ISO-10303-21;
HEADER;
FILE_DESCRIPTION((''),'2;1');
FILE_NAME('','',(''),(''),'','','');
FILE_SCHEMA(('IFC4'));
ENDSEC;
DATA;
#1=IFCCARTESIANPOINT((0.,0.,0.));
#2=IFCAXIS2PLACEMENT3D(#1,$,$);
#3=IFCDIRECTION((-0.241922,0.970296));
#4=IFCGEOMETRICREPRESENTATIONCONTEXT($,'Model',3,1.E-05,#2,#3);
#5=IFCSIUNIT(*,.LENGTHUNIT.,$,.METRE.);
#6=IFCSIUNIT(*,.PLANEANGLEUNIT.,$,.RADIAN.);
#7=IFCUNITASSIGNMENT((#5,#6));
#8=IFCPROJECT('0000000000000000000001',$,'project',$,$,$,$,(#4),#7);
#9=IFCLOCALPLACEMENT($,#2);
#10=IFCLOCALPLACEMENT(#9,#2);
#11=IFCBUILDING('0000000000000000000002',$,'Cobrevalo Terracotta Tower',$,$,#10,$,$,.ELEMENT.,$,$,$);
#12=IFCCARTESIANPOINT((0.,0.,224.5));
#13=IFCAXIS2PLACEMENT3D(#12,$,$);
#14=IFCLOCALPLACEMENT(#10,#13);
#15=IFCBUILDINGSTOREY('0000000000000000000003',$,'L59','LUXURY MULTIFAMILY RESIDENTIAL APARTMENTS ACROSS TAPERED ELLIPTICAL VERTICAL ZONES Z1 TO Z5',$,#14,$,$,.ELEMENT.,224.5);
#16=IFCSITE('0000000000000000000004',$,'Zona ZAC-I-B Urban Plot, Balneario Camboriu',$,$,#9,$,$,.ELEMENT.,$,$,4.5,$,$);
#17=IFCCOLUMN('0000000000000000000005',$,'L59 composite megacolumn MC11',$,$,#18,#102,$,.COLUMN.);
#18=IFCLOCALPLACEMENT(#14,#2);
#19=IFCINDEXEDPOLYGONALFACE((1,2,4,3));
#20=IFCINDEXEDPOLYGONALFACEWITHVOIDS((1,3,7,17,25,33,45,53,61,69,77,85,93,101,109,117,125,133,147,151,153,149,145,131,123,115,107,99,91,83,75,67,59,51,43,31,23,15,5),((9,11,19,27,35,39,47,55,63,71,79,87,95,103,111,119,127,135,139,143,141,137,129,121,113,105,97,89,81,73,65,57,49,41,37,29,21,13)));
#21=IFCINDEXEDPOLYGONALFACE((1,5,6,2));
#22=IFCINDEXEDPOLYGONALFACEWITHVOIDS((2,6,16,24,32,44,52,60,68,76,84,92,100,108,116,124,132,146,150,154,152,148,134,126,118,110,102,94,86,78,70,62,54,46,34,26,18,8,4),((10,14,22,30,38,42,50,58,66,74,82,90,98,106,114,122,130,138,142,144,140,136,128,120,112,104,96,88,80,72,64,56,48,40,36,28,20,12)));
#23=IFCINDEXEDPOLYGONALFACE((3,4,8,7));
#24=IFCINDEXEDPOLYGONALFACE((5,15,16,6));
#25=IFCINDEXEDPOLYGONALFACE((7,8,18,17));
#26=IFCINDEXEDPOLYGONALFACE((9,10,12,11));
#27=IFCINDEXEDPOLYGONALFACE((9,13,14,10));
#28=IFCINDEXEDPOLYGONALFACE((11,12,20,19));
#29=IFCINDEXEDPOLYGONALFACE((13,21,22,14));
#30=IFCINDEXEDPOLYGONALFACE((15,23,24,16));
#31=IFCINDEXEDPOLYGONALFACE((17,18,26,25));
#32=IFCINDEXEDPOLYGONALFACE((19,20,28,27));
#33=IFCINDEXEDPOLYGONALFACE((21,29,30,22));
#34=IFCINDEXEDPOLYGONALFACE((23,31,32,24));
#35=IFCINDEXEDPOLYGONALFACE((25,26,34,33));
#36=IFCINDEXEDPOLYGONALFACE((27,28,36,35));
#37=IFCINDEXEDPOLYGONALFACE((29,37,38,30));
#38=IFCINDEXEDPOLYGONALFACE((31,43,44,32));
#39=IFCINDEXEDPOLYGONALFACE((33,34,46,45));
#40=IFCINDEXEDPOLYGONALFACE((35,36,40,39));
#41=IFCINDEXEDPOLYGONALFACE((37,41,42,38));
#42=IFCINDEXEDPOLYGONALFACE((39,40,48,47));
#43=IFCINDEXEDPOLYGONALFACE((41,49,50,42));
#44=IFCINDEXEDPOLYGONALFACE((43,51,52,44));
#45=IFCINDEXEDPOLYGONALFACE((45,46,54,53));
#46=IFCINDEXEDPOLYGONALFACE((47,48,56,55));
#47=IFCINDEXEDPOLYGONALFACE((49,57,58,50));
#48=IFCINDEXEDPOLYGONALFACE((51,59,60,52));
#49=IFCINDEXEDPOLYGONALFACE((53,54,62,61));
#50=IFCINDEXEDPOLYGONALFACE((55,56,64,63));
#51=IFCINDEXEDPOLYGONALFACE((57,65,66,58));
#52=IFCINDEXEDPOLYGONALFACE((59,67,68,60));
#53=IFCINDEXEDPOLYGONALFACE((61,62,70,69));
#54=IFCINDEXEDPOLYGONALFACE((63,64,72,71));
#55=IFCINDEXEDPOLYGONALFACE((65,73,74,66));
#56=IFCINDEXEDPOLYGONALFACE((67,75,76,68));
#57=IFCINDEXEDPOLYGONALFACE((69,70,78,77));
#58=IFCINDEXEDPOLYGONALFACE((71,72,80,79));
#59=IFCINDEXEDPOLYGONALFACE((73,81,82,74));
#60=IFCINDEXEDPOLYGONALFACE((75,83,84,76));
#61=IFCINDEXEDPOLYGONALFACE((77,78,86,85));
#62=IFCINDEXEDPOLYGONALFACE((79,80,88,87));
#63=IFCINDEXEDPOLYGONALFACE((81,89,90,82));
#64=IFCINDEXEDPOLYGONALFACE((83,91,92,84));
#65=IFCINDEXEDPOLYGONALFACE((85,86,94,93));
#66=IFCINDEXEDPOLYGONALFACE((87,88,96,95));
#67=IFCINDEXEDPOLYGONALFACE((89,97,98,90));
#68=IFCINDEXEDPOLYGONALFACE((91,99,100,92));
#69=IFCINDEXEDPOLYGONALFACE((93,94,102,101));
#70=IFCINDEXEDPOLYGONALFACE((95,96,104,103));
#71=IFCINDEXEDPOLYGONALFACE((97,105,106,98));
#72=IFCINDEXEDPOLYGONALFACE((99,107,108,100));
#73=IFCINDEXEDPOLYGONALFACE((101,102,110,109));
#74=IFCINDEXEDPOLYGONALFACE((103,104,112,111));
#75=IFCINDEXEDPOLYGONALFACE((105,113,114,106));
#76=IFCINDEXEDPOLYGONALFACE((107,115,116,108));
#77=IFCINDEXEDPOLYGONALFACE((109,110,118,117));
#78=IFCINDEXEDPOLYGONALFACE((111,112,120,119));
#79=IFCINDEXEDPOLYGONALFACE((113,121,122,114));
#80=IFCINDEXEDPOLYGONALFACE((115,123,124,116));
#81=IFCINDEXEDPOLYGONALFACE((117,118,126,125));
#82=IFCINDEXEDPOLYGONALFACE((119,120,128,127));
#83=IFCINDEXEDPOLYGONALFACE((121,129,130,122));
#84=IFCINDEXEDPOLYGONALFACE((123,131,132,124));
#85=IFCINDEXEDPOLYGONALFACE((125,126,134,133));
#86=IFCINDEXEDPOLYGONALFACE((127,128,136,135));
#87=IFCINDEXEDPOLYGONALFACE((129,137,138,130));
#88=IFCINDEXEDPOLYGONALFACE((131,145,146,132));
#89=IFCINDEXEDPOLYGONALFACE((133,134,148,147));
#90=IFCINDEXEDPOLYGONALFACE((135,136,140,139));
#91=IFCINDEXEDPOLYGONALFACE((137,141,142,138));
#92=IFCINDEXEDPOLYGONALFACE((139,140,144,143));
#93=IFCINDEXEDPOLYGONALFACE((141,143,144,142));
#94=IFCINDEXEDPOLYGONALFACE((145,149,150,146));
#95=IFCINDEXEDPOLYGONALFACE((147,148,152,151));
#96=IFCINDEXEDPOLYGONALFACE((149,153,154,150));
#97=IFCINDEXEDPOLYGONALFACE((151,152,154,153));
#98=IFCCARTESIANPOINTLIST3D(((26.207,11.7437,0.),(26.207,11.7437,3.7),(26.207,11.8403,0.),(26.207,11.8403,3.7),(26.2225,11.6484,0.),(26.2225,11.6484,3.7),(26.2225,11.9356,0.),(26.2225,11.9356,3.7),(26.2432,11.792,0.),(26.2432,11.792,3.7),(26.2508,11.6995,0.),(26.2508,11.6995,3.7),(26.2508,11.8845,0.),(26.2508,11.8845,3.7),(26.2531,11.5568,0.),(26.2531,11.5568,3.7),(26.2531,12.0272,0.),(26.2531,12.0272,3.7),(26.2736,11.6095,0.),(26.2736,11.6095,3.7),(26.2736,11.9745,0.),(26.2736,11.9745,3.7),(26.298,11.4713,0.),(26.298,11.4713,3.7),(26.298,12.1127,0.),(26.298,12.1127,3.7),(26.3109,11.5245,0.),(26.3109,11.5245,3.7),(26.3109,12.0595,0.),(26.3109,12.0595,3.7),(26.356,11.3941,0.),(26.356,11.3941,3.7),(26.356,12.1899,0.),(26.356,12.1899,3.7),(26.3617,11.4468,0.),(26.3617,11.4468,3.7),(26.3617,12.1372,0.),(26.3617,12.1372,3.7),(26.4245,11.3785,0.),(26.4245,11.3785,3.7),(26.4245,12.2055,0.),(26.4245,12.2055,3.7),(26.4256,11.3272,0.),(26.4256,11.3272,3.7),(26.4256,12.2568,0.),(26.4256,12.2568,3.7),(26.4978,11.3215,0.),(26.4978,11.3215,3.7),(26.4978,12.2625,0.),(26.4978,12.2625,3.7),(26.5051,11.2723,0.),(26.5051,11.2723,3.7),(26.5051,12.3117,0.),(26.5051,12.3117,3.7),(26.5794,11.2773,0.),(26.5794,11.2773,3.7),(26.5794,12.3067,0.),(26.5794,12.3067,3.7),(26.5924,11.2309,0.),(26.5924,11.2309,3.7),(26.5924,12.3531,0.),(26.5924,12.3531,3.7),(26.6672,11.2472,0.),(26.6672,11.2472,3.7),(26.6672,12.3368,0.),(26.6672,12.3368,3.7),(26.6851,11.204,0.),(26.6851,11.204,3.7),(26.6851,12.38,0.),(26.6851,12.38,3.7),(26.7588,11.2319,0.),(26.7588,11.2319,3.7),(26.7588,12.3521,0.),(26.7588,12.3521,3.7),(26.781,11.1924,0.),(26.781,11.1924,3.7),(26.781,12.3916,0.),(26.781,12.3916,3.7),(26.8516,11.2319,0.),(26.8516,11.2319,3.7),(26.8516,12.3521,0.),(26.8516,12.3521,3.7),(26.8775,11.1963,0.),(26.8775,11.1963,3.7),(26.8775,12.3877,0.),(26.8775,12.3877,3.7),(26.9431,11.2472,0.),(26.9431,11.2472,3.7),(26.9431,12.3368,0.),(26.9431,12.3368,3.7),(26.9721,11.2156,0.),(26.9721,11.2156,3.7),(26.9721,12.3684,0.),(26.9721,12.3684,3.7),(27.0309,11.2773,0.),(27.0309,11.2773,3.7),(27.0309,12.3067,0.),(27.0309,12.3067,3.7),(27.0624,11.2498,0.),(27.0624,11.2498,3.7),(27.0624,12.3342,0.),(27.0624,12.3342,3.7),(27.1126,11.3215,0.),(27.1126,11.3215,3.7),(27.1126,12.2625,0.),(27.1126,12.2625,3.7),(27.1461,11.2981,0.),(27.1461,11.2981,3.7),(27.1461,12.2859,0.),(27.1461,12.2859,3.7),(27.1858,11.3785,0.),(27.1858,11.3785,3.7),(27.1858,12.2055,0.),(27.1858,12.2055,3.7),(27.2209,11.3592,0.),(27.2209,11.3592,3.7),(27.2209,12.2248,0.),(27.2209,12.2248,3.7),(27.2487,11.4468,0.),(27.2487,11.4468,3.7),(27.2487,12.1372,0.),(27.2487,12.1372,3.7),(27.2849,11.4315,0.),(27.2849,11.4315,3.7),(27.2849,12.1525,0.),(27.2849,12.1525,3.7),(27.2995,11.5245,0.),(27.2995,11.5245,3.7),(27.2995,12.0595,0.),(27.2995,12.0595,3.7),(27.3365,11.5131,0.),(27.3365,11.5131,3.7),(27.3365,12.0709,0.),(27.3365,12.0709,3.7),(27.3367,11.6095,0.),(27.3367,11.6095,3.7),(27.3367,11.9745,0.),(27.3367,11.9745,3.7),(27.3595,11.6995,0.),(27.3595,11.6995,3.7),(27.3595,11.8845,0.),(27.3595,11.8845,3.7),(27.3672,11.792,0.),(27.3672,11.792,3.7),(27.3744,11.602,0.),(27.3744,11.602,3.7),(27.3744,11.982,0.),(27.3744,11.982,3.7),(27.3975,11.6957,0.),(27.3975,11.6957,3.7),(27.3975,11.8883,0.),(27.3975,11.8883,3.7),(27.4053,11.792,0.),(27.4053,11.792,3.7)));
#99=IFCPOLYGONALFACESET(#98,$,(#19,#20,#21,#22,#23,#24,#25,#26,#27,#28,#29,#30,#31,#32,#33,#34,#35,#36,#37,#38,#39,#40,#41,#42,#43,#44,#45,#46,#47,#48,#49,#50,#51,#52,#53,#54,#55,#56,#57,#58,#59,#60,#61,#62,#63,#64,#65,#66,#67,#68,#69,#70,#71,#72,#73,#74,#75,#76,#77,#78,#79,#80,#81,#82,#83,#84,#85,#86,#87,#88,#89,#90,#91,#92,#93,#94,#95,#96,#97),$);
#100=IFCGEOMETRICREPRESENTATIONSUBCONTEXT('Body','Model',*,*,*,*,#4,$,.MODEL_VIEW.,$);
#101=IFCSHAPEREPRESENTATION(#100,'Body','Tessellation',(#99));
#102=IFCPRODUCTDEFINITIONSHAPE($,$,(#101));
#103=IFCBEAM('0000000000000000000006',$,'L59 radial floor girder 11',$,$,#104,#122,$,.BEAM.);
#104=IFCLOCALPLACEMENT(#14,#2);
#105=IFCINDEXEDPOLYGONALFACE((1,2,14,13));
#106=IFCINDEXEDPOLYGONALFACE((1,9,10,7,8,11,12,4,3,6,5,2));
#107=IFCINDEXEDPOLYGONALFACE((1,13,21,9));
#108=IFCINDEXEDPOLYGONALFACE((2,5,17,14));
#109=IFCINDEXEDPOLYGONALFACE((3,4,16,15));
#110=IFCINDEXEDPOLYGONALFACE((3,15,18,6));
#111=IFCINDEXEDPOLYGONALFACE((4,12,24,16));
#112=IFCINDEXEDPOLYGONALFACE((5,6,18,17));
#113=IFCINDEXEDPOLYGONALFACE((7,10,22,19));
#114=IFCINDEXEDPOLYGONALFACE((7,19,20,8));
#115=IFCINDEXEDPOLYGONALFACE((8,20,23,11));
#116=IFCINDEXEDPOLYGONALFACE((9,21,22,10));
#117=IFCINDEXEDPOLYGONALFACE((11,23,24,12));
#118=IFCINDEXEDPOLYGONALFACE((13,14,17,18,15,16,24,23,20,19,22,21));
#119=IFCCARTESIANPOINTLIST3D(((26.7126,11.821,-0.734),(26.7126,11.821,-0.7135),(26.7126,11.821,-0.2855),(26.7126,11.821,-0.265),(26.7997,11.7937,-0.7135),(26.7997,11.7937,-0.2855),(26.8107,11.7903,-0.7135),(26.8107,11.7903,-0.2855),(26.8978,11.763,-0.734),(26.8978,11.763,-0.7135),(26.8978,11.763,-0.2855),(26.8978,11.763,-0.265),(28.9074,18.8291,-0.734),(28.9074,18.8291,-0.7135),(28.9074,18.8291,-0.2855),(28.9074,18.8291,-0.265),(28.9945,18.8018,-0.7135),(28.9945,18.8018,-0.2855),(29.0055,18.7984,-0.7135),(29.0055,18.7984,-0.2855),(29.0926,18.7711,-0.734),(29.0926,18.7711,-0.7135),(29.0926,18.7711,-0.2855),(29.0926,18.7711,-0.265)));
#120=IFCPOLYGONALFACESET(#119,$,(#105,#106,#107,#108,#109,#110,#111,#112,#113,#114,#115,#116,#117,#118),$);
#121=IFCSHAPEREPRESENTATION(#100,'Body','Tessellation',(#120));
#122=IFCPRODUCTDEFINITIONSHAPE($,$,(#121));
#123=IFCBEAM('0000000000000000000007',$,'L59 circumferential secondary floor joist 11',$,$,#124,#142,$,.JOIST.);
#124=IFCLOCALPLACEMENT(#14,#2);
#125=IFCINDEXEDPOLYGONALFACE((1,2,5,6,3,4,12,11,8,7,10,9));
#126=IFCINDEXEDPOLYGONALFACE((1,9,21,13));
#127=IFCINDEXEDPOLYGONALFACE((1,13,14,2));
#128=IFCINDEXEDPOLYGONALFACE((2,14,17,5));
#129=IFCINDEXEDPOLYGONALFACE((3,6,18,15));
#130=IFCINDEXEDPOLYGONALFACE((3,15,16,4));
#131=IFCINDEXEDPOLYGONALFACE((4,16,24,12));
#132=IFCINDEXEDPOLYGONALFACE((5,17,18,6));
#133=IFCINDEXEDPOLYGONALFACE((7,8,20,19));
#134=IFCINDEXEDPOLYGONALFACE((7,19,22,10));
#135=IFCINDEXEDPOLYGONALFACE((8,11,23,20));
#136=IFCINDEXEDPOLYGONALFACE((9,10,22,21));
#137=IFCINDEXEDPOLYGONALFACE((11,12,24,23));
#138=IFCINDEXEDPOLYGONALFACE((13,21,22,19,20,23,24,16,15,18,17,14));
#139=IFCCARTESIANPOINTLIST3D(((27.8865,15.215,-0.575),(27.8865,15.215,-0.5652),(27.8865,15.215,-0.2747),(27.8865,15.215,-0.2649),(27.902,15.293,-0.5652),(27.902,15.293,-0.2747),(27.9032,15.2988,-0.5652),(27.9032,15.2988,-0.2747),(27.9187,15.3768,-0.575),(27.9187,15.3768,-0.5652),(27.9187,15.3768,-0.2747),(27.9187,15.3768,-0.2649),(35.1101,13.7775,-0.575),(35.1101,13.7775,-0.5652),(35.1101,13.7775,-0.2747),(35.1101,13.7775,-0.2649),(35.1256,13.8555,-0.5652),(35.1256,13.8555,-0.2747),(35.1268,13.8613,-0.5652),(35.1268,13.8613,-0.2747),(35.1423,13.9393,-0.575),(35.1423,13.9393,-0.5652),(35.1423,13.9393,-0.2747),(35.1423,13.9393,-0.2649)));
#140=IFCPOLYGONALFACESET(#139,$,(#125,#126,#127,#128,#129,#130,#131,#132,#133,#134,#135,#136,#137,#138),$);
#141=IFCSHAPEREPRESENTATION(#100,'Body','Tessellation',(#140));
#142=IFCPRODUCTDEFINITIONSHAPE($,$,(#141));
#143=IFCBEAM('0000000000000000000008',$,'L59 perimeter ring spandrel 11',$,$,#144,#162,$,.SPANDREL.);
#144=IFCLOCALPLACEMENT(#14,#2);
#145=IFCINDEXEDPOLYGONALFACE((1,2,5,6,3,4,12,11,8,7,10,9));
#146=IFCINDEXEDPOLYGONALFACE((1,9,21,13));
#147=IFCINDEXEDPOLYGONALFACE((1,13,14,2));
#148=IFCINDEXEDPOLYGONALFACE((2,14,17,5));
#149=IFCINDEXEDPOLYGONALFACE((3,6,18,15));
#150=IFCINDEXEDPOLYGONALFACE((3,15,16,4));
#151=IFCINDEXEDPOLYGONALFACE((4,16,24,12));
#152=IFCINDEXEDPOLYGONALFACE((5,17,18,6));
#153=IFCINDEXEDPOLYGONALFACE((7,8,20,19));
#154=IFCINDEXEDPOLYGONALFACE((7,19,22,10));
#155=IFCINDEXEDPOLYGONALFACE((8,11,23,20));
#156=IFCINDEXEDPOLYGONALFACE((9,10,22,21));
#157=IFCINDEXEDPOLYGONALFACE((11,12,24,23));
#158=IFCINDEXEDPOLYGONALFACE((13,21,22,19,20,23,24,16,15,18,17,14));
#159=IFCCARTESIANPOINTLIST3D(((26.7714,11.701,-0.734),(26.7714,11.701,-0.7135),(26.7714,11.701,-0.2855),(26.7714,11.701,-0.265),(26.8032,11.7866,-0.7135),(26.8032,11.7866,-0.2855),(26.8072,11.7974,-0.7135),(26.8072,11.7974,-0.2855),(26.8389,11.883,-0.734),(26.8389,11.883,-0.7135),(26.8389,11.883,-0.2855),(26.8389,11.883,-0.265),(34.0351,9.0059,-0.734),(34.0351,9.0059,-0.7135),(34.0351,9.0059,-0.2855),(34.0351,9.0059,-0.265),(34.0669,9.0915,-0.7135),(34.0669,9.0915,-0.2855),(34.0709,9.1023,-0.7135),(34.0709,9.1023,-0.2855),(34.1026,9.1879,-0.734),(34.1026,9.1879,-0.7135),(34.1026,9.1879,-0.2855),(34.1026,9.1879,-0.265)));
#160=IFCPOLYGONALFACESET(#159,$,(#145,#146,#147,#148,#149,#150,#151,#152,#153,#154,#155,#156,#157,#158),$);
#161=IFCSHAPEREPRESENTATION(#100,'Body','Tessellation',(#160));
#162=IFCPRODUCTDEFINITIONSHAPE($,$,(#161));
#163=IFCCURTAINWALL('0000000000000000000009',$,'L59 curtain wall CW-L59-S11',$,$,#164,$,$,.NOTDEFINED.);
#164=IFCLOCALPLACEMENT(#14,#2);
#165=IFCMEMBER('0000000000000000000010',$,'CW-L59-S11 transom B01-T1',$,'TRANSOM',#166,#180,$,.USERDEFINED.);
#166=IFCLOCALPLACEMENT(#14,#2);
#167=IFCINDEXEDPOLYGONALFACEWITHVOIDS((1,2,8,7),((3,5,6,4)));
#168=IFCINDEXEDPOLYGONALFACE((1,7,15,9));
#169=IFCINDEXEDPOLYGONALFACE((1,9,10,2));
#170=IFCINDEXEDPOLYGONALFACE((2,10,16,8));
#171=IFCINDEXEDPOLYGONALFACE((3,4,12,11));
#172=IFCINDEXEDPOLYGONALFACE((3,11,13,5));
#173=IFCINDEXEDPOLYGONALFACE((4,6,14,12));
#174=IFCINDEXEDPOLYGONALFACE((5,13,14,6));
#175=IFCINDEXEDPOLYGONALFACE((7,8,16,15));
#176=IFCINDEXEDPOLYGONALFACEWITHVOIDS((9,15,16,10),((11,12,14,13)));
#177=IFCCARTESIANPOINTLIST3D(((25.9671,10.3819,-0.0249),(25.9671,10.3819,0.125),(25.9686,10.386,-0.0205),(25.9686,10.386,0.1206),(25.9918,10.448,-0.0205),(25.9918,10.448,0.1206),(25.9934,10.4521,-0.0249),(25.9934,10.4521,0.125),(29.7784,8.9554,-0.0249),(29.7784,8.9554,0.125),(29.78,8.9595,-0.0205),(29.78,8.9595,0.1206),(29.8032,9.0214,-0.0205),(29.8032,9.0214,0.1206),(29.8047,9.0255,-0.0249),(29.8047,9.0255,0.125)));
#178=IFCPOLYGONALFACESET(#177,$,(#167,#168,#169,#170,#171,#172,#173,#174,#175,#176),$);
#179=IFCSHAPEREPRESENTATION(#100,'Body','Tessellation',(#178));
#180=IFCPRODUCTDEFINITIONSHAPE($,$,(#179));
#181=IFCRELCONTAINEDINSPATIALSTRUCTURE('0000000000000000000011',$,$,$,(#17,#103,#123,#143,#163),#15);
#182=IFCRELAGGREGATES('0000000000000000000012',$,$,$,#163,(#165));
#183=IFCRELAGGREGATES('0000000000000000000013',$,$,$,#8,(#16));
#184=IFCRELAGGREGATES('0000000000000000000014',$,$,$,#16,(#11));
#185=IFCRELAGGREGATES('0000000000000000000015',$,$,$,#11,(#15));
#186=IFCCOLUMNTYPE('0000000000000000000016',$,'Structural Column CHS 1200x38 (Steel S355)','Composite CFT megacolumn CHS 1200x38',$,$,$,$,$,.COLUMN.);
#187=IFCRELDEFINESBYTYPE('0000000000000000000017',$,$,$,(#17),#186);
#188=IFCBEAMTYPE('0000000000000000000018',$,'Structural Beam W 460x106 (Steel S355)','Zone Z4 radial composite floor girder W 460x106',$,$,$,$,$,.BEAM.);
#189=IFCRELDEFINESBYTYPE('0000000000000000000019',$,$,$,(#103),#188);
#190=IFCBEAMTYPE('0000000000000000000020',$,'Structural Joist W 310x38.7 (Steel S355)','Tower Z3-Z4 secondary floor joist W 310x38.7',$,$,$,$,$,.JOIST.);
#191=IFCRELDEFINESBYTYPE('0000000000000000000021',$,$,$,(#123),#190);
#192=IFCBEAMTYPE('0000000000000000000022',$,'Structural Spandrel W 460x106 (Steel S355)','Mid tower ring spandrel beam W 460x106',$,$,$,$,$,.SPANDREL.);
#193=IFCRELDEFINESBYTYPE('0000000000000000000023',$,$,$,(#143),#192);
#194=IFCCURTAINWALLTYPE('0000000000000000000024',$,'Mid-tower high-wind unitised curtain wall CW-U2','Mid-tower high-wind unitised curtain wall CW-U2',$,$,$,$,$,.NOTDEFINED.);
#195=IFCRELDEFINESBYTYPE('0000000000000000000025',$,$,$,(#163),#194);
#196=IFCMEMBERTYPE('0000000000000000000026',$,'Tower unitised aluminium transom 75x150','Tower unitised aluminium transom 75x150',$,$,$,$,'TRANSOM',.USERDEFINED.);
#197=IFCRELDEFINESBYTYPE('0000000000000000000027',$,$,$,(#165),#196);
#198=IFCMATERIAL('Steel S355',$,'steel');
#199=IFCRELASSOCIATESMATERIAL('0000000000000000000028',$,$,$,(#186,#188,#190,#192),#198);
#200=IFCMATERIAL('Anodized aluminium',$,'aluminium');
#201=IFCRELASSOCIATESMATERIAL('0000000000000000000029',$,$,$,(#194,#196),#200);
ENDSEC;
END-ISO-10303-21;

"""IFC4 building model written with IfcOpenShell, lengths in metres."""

from ifc_helpers import new_model, si_unit, direction, frame, origin, origin_2d, place, context, subcontext, project, spatial, hollow_rectangle, hollow_circle, i_section, extrude, source, transform, mapped, material, material_profile, profile_set, type_object, element, aggregate, save


model = new_model("IFC4")

# Units and contexts
model_context = context("Model", 3, precision=1e-05, world=origin(), true_north=direction((-0.241922, 0.970296)))
body_context = subcontext(model_context, "Body", "Model", "MODEL_VIEW")
ifc_project = project(units=[si_unit("LENGTHUNIT", "METRE"), si_unit("PLANEANGLEUNIT", "RADIAN")], contexts=[model_context])

# Site, building, storey
site_placement = place(None, origin())
site = spatial("IfcSite", under=ifc_project, at=site_placement, Name="Zona ZAC-I-B Urban Plot, Balneario Camboriu", CompositionType="ELEMENT", RefElevation=4.5)
building_placement = place(site_placement, origin())
building = spatial("IfcBuilding", under=site, at=building_placement, Name="Cobrevalo Terracotta Tower", CompositionType="ELEMENT")
storey_placement = place(building_placement, frame((0.0, 0.0, 224.5)))
storey = spatial("IfcBuildingStorey", under=building, at=storey_placement, Name="L59", Description="LUXURY MULTIFAMILY RESIDENTIAL APARTMENTS ACROSS TAPERED ELLIPTICAL VERTICAL ZONES Z1 TO Z5", CompositionType="ELEMENT", Elevation=224.5)

# Column
ifc_material_1 = material(Name="Steel S355", Category="steel")
ifc_material_profile_1 = material_profile(ifc_material_1, hollow_circle(Radius=0.6001, WallThickness=0.0381, at=origin_2d()), Name="CHS 1200x38")
ifc_profile_set_1 = profile_set([ifc_material_profile_1], Name="Steel S355")
column_type = type_object("IfcColumnType", Name="Structural Column CHS 1200x38 (Steel S355)", Description="Composite CFT megacolumn CHS 1200x38", PredefinedType="COLUMN", material=ifc_profile_set_1)
column_placement = place(storey_placement, frame((26.8052, 11.792, 0.0), z_axis=(0.0, 0.0, 1.0), x_axis=(1.0, 0.0, 0.0)))
element("IfcColumn", 1, at=column_placement, inside=storey, type_object=column_type, Name="L59 composite megacolumn MC11", PredefinedType="COLUMN", context=body_context, shape_type="SweptSolid", body=[
    extrude(hollow_circle(Radius=0.6001, WallThickness=0.0381, at=origin_2d()), origin(), (0.0, 0.0, 1.0), 3.7),
])

# Beams
ifc_material_profile_2 = material_profile(ifc_material_1, i_section(OverallWidth=0.1941, OverallDepth=0.469, WebThickness=0.0115, FlangeThickness=0.0205, at=origin_2d()), Name="W 460x106")
ifc_profile_set_2 = profile_set([ifc_material_profile_2], Name="Steel S355")
beam_type_1 = type_object("IfcBeamType", Name="Structural Beam W 460x106 (Steel S355)", Description="Zone Z4 radial composite floor girder W 460x106", PredefinedType="BEAM", material=ifc_profile_set_2)
beam_1_placement = place(storey_placement, frame((26.8052, 11.792, -0.4995), z_axis=(0.298871, 0.954293, 0.0), x_axis=(-0.954293, 0.298871, 0.0)))
element("IfcBeam", 2, at=beam_1_placement, inside=storey, type_object=beam_type_1, Name="L59 radial floor girder 11", PredefinedType="BEAM", context=body_context, shape_type="SweptSolid", body=[
    extrude(i_section(OverallWidth=0.1941, OverallDepth=0.469, WebThickness=0.0115, FlangeThickness=0.0205, at=origin_2d()), origin(), (0.0, 0.0, 1.0), 7.3438),
])
ifc_material_profile_3 = material_profile(ifc_material_1, i_section(OverallWidth=0.165, OverallDepth=0.3101, WebThickness=0.0059, FlangeThickness=0.0098, at=origin_2d()), Name="W 310x38.7")
ifc_profile_set_3 = profile_set([ifc_material_profile_3], Name="Steel S355")
beam_type_2 = type_object("IfcBeamType", Name="Structural Joist W 310x38.7 (Steel S355)", Description="Tower Z3-Z4 secondary floor joist W 310x38.7", PredefinedType="JOIST", material=ifc_profile_set_3)
beam_2_placement = place(storey_placement, frame((27.9026, 15.2959, -0.4199), z_axis=(0.980769, -0.195173, 0.0), x_axis=(0.195173, 0.980769, 0.0)))
element("IfcBeam", 3, at=beam_2_placement, inside=storey, type_object=beam_type_2, Name="L59 circumferential secondary floor joist 11", PredefinedType="JOIST", context=body_context, shape_type="SweptSolid", body=[
    extrude(i_section(OverallWidth=0.165, OverallDepth=0.3101, WebThickness=0.0059, FlangeThickness=0.0098, at=origin_2d()), origin(), (0.0, 0.0, 1.0), 7.3652),
])
ifc_material_profile_4 = material_profile(ifc_material_1, i_section(OverallWidth=0.1941, OverallDepth=0.469, WebThickness=0.0115, FlangeThickness=0.0205, at=origin_2d()), Name="W 460x106")
ifc_profile_set_4 = profile_set([ifc_material_profile_4], Name="Steel S355")
beam_type_3 = type_object("IfcBeamType", Name="Structural Spandrel W 460x106 (Steel S355)", Description="Mid tower ring spandrel beam W 460x106", PredefinedType="SPANDREL", material=ifc_profile_set_4)
beam_3_placement = place(storey_placement, frame((26.8052, 11.792, -0.4995), z_axis=(0.937546, -0.347861, 0.0), x_axis=(0.347861, 0.937546, 0.0)))
element("IfcBeam", 4, at=beam_3_placement, inside=storey, type_object=beam_type_3, Name="L59 perimeter ring spandrel 11", PredefinedType="SPANDREL", context=body_context, shape_type="SweptSolid", body=[
    extrude(i_section(OverallWidth=0.1941, OverallDepth=0.469, WebThickness=0.0115, FlangeThickness=0.0205, at=origin_2d()), origin(), (0.0, 0.0, 1.0), 7.7476),
])

# Curtain wall, member
ifc_material_2 = material(Name="Anodized aluminium", Category="aluminium")
curtain_wall_type = type_object("IfcCurtainWallType", Name="Mid-tower high-wind unitised curtain wall CW-U2", Description="Mid-tower high-wind unitised curtain wall CW-U2", PredefinedType="NOTDEFINED", material=ifc_material_2)
curtain_wall_placement = place(storey_placement, origin())
curtain_wall = element("IfcCurtainWall", 5, at=curtain_wall_placement, inside=storey, type_object=curtain_wall_type, Name="L59 curtain wall CW-L59-S11", PredefinedType="NOTDEFINED")
ifc_material_profile_5 = material_profile(ifc_material_2, hollow_rectangle(XDim=0.075, YDim=0.1499, WallThickness=0.0044, at=origin_2d()), Name="CWT 75x150")
ifc_profile_set_5 = profile_set([ifc_material_profile_5], Name="Anodized aluminium")
member_type_1 = type_object("IfcMemberType", Name="Tower unitised aluminium transom 75x150", Description="Tower unitised aluminium transom 75x150", ElementType="TRANSOM", PredefinedType="USERDEFINED", material=ifc_profile_set_5)
shared_shape_1 = source(origin(), body_context, "Body", "SweptSolid", [
    extrude(hollow_rectangle(XDim=0.075, YDim=0.1499, WallThickness=0.0044, at=origin_2d()), origin(), (0.0, 0.0, 1.0), 4.0696),
])
member_1_placement = place(storey_placement, frame((25.9802, 10.417, 0.05), z_axis=(0.936548, -0.350538, 0.0), x_axis=(0.350538, 0.936548, 0.0)))
member_1 = element("IfcMember", 6, at=member_1_placement, type_object=member_type_1, Name="CW-L59-S11 transom B01-T1", ObjectType="TRANSOM", PredefinedType="USERDEFINED", context=body_context, shape_type="MappedRepresentation", body=[
    mapped(shared_shape_1, transform((0.0, 0.0, 0.0), scale=1.0)),
])
aggregate(curtain_wall, [member_1])

save(model, "model.ifc")
